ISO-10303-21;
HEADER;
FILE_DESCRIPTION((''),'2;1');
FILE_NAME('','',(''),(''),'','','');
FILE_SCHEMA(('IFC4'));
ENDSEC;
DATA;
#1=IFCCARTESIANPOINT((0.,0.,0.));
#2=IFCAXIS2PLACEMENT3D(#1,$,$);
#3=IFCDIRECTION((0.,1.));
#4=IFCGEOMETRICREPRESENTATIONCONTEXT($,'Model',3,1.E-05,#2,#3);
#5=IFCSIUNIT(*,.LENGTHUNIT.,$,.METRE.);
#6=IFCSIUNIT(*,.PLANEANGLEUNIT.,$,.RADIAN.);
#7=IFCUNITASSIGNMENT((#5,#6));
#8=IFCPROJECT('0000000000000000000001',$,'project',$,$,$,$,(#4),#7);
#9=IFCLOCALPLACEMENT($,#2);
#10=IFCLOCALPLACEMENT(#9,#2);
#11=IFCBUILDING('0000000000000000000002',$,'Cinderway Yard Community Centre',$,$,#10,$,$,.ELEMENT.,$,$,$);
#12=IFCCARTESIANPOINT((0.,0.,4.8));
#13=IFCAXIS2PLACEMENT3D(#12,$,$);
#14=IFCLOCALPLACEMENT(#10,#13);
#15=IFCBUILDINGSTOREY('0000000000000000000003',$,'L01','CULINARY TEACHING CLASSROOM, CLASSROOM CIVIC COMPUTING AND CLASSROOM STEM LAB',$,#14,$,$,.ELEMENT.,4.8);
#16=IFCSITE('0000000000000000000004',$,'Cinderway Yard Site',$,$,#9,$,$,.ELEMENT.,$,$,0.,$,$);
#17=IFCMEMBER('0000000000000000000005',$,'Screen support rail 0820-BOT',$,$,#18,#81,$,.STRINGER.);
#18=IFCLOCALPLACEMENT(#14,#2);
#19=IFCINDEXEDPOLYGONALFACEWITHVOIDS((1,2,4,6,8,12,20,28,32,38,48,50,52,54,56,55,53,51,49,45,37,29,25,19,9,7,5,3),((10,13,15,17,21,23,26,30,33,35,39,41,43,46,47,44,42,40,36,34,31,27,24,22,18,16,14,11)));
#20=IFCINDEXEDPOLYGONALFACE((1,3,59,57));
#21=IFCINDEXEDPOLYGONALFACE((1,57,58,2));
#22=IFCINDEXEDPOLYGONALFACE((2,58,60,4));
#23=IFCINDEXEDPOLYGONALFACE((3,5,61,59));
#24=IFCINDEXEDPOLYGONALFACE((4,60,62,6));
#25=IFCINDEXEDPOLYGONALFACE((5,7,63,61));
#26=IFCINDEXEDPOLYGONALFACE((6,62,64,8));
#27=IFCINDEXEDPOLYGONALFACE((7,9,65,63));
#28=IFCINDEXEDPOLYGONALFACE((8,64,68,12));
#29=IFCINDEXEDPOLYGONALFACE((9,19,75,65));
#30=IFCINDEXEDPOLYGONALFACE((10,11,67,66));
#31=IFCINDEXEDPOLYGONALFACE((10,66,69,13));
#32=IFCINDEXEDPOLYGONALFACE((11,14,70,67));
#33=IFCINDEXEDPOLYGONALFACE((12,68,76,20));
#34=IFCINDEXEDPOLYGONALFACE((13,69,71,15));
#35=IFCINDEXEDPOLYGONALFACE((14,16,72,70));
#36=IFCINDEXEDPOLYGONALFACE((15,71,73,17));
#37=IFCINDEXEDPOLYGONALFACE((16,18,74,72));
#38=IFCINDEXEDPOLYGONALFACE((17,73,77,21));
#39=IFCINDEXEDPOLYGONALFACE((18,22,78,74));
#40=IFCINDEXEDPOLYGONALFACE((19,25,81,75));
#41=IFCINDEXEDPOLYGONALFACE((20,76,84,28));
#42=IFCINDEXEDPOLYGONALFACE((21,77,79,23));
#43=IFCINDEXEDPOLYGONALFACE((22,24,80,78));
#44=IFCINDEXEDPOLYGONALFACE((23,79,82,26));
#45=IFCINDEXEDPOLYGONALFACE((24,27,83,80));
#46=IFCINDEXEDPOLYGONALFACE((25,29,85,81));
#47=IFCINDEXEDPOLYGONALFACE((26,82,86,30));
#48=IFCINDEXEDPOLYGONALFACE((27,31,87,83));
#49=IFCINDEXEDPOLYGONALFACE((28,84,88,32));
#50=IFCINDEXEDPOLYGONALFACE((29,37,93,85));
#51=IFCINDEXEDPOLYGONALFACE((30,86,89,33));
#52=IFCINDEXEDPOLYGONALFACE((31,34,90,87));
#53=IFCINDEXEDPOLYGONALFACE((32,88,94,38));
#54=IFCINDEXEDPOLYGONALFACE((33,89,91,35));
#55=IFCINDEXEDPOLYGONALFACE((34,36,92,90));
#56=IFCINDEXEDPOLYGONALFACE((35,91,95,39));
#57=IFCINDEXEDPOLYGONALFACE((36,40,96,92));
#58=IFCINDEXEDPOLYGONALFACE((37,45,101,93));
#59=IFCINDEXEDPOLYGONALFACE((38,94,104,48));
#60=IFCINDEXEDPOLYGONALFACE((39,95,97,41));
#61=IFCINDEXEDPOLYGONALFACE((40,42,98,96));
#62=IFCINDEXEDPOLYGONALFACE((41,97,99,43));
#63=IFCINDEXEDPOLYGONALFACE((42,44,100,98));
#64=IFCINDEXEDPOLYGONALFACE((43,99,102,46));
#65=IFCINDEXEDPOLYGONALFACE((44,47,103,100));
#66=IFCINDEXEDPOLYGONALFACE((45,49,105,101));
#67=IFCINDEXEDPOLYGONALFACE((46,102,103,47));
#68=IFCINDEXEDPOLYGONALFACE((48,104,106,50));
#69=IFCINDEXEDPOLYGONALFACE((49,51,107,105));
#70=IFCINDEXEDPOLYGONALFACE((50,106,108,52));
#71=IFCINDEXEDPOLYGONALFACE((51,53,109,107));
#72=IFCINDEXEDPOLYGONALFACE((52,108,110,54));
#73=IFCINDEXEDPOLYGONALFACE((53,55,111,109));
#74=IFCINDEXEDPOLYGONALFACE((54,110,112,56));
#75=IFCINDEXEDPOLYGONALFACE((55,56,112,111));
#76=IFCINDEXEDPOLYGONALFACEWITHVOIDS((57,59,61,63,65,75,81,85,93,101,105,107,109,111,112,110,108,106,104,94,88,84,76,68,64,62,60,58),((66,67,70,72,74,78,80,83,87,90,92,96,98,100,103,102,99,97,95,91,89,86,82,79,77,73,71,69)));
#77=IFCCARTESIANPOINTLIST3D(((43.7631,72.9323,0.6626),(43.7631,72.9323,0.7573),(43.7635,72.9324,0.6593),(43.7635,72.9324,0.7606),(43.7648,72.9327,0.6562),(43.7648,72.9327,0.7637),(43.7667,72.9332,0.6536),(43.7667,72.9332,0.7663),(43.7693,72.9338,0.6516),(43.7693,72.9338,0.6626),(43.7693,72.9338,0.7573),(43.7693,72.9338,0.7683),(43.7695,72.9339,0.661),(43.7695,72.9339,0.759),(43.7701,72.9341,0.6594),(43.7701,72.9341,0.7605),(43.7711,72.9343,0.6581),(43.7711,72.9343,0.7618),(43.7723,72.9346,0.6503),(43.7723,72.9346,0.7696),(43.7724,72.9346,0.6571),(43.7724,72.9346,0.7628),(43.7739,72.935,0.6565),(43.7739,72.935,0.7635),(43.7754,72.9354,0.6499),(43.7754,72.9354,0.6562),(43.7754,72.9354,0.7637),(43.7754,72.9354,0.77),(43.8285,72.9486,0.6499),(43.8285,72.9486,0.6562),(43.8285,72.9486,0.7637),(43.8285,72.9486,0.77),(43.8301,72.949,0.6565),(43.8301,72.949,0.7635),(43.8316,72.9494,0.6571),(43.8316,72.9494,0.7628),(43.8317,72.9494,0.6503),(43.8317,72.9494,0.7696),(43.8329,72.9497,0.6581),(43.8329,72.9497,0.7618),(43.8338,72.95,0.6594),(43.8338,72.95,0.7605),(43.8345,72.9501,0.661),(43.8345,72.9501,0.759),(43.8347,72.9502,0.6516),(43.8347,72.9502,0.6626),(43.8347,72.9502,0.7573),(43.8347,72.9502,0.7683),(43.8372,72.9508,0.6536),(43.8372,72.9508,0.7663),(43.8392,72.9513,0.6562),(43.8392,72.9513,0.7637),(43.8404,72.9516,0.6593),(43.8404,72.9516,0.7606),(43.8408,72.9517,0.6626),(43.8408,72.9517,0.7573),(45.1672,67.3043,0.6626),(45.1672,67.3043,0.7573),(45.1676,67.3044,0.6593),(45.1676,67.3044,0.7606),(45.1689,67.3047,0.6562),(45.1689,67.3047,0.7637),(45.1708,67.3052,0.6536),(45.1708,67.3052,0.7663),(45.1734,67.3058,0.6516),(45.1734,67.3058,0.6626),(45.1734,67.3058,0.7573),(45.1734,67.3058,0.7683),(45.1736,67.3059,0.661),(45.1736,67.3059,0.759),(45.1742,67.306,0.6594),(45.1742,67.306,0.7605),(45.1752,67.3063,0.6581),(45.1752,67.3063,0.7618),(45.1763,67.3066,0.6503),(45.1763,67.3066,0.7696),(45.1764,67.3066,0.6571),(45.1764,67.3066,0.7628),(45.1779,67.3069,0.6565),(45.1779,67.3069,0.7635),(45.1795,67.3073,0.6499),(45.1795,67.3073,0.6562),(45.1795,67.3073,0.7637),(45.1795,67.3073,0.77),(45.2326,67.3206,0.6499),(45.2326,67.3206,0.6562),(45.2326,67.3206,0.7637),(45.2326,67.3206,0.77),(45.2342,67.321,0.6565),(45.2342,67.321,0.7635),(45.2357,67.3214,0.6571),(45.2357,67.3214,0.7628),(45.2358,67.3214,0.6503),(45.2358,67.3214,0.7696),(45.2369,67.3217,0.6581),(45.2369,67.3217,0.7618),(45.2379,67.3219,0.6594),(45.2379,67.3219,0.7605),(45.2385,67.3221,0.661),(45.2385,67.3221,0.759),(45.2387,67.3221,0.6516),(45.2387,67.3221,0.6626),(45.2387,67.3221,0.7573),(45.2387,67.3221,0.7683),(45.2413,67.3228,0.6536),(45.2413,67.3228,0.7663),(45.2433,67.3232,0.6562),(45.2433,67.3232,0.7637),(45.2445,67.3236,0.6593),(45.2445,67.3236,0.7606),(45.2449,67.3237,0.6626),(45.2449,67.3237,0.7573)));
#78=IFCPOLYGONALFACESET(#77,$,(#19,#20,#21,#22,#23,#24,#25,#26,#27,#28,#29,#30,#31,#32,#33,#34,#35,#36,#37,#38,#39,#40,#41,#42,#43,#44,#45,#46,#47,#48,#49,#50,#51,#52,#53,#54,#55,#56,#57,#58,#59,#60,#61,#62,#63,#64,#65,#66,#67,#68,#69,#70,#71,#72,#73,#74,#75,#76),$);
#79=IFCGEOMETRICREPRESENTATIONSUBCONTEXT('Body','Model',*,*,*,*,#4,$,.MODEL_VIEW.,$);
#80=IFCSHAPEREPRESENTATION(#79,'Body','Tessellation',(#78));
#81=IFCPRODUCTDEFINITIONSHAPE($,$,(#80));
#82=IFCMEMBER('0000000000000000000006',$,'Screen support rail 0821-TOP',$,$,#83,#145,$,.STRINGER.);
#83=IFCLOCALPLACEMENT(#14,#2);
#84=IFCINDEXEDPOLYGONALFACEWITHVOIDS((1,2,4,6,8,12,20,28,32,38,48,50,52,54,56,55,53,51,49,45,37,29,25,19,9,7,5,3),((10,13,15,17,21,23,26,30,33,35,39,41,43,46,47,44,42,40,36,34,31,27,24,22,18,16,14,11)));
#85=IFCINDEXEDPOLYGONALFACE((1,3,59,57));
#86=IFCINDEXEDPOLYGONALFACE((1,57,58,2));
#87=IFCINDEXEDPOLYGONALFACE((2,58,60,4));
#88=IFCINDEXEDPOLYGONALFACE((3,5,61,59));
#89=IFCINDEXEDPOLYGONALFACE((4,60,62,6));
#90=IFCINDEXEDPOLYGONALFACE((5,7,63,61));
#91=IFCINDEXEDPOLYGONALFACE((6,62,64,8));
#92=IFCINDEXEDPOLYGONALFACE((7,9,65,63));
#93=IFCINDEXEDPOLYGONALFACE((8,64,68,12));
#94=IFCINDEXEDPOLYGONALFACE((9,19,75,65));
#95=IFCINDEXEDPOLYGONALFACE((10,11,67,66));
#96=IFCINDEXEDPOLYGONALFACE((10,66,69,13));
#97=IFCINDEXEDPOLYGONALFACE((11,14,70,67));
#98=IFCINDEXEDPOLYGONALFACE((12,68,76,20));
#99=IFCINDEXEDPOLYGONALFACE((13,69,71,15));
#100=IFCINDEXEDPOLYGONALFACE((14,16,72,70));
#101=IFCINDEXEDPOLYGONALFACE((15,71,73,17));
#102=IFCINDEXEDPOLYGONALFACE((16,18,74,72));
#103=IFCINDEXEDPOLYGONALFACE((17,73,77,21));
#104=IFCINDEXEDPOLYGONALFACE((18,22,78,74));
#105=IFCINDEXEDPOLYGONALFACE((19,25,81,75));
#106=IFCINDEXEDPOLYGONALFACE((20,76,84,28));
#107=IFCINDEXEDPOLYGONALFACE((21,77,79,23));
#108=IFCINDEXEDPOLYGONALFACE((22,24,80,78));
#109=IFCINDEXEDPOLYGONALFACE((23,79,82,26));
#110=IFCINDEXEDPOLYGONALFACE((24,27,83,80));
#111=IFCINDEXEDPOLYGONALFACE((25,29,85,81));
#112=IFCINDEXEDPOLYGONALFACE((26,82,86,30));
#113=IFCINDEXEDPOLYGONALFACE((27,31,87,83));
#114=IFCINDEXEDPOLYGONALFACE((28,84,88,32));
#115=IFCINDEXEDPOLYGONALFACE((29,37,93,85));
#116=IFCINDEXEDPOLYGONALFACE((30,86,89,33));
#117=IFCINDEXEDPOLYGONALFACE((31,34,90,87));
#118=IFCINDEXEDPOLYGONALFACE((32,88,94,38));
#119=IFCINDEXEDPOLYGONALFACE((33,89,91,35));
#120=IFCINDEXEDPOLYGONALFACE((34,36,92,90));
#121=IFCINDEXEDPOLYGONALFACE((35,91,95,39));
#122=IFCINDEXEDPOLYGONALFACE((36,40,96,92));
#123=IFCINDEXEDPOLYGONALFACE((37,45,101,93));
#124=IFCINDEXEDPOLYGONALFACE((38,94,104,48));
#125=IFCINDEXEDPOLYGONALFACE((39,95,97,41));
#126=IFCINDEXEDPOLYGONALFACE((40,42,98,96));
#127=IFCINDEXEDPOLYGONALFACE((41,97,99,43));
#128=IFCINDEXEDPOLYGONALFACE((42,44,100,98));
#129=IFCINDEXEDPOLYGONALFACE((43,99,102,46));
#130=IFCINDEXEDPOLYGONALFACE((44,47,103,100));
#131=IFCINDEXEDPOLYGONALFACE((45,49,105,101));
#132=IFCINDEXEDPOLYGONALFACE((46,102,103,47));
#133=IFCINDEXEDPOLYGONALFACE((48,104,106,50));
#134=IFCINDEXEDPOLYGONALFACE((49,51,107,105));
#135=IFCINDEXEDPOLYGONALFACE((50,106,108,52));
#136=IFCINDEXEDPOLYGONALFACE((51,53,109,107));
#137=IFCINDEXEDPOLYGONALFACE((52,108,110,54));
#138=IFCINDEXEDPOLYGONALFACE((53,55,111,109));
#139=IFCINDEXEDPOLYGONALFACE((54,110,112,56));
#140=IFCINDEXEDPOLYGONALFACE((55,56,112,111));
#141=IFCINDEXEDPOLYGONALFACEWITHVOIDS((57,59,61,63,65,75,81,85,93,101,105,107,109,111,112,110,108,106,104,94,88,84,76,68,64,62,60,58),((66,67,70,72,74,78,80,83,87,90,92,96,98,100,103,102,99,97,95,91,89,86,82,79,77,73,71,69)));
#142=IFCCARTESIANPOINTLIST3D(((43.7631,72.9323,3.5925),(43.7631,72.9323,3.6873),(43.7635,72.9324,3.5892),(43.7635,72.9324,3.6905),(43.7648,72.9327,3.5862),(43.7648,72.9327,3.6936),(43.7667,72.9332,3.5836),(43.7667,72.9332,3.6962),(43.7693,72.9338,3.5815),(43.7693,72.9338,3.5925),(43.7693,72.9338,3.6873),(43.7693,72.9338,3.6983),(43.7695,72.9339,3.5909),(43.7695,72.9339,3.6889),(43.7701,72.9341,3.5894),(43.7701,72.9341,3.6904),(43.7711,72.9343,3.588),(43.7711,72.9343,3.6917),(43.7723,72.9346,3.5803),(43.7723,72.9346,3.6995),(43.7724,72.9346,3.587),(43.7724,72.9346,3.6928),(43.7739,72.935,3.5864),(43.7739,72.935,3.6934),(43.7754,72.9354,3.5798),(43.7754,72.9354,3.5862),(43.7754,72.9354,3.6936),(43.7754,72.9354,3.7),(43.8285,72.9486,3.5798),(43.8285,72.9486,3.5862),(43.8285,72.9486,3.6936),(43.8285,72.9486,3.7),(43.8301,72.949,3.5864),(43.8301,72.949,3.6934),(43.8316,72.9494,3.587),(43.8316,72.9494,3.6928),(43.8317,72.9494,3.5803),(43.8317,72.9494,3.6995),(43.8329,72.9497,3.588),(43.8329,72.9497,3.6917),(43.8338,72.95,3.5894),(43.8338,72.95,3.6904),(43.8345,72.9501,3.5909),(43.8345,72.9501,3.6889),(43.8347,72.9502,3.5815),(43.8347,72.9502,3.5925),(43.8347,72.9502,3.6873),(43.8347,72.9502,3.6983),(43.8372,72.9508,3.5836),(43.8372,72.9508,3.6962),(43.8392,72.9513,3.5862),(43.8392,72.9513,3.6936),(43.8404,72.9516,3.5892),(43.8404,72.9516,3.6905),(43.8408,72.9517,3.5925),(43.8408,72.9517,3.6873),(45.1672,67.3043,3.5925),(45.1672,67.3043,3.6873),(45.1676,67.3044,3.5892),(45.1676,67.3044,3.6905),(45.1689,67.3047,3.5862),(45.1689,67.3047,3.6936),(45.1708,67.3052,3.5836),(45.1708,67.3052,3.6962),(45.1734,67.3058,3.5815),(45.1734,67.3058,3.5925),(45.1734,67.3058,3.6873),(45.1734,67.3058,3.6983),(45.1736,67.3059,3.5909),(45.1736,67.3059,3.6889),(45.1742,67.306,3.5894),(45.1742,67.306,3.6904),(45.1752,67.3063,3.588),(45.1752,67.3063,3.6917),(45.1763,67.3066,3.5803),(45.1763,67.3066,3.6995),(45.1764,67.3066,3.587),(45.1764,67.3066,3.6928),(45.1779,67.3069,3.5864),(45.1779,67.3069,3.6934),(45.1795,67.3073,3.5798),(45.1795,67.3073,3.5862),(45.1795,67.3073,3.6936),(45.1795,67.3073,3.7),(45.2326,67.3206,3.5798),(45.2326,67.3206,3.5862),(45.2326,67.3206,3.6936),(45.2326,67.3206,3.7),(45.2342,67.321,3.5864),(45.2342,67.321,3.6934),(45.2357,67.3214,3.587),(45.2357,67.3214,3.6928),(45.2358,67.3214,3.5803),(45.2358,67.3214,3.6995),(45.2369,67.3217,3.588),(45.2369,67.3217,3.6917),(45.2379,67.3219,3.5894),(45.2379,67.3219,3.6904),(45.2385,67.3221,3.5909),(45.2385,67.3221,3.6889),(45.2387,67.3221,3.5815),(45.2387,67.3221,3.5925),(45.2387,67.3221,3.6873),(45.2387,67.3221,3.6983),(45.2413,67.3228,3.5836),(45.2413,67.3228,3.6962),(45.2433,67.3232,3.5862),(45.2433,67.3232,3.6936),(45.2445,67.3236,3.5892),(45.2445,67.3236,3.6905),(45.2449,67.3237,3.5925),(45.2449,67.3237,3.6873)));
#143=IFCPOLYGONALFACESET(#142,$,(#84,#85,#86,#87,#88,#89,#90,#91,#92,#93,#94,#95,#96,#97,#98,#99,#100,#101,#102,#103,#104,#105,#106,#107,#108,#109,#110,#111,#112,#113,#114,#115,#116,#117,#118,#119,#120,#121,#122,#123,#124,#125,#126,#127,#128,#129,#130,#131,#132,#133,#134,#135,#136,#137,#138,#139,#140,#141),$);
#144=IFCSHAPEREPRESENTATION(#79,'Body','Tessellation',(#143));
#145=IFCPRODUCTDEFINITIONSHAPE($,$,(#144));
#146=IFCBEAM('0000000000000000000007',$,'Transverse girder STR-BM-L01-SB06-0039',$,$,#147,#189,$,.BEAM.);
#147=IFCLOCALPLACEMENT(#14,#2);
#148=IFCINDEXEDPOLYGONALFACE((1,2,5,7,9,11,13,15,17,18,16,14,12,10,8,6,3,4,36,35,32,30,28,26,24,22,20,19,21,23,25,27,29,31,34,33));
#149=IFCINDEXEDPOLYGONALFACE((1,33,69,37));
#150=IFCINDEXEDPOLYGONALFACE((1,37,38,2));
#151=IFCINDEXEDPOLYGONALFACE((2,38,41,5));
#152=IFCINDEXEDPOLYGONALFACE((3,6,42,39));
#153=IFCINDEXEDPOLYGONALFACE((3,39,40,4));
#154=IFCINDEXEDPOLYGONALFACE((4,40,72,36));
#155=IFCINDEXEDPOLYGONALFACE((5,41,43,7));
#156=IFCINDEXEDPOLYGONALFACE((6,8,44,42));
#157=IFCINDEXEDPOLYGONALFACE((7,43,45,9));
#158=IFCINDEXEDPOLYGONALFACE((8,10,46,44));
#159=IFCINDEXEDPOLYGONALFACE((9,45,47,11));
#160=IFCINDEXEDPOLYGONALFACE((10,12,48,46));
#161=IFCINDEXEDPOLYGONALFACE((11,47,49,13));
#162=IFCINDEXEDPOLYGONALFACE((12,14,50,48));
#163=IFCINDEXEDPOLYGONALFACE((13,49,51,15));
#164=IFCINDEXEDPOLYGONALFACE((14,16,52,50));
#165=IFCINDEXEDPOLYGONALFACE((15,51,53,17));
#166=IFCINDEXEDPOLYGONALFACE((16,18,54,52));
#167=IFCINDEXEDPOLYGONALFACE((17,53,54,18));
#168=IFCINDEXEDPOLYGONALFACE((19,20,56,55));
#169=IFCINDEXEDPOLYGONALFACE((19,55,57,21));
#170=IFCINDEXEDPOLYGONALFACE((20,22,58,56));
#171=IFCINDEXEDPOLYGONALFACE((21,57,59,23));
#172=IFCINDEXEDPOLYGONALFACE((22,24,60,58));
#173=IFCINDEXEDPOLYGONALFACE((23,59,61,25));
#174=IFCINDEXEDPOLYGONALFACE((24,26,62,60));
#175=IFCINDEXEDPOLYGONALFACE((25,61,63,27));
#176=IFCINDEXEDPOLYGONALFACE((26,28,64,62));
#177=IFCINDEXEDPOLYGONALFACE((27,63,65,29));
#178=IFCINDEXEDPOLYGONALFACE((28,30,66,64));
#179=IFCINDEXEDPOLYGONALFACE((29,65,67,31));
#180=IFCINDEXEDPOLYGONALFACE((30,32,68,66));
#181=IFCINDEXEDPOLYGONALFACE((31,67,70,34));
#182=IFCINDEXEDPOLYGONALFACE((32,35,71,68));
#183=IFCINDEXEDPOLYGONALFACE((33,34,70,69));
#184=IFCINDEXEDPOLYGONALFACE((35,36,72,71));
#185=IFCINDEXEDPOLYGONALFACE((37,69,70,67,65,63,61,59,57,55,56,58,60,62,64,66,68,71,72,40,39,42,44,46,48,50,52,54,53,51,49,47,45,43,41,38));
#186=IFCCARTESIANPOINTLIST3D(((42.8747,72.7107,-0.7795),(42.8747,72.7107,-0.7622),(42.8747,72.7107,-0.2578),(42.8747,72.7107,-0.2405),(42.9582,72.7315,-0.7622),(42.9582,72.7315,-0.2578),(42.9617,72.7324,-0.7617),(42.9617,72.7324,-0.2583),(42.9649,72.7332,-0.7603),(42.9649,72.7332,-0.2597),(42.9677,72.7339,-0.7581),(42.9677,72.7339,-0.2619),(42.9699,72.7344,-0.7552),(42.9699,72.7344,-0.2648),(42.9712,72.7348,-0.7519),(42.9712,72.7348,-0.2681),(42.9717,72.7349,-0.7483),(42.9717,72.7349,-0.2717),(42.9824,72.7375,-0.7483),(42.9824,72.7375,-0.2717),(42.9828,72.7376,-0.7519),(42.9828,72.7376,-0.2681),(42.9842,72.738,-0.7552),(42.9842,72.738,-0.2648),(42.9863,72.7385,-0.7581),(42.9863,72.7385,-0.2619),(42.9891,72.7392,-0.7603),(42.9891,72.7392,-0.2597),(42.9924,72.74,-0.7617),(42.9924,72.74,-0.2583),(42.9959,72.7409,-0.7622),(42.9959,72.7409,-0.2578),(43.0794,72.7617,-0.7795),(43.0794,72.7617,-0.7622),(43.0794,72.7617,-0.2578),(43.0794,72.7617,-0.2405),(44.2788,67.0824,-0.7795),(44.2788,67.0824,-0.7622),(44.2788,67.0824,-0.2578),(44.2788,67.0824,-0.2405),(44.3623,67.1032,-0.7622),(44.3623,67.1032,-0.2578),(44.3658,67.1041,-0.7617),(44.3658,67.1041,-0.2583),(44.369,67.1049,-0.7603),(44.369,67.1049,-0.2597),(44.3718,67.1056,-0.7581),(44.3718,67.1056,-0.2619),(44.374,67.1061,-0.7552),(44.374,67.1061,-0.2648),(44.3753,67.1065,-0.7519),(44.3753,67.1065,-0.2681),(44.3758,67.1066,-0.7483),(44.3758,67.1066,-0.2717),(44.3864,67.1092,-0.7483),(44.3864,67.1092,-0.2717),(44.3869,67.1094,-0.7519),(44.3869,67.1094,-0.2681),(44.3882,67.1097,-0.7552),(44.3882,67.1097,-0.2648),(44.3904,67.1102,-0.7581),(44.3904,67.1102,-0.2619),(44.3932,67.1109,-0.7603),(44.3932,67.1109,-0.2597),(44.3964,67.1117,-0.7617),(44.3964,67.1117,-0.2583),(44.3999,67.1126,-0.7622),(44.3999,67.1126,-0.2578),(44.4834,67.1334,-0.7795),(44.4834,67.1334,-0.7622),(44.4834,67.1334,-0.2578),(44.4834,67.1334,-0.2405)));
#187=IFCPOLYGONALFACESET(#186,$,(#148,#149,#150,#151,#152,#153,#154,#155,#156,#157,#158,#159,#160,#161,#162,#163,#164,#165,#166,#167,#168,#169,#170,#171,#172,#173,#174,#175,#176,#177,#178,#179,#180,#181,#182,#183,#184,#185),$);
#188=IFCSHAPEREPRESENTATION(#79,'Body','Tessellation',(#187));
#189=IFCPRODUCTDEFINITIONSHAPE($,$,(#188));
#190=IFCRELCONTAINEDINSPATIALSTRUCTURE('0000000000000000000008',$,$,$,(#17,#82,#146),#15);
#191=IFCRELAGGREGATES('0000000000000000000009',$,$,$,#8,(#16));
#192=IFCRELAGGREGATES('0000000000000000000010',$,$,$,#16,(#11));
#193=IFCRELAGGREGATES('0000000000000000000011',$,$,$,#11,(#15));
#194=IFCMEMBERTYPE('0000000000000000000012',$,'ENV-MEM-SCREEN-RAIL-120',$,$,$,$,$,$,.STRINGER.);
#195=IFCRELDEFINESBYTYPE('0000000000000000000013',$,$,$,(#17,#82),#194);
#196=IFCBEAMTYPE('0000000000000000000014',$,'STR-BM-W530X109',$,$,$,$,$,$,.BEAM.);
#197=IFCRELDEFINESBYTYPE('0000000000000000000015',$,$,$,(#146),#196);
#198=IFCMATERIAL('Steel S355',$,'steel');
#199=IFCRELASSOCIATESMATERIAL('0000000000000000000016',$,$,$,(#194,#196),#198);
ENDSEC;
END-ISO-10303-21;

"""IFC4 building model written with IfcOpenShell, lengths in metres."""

from ifc_helpers import new_model, si_unit, direction, frame, origin, origin_2d, place, context, subcontext, project, spatial, hollow_rectangle, i_section, extrude, material, material_profile, profile_set, type_object, element, save


model = new_model("IFC4")

# Units and contexts
model_context = context("Model", 3, precision=1e-05, world=origin(), true_north=direction((0.0, 1.0)))
body_context = subcontext(model_context, "Body", "Model", "MODEL_VIEW")
ifc_project = project(units=[si_unit("LENGTHUNIT", "METRE"), si_unit("PLANEANGLEUNIT", "RADIAN")], contexts=[model_context])

# Site, building, storey
site_placement = place(None, origin())
site = spatial("IfcSite", under=ifc_project, at=site_placement, Name="Cinderway Yard Site", CompositionType="ELEMENT", RefElevation=0.0)
building_placement = place(site_placement, origin())
building = spatial("IfcBuilding", under=site, at=building_placement, Name="Cinderway Yard Community Centre", CompositionType="ELEMENT")
storey_placement = place(building_placement, frame((0.0, 0.0, 4.8)))
storey = spatial("IfcBuildingStorey", under=building, at=storey_placement, Name="L01", Description="CULINARY TEACHING CLASSROOM, CLASSROOM CIVIC COMPUTING AND CLASSROOM STEM LAB", CompositionType="ELEMENT", Elevation=4.8)

# Members
ifc_material_1 = material(Name="Steel S355", Category="steel")
ifc_material_profile_1 = material_profile(ifc_material_1, hollow_rectangle(XDim=0.0801, YDim=0.1201, WallThickness=0.0063, InnerFilletRadius=0.0063, OuterFilletRadius=0.0127, at=origin_2d()), Name="Steel S355")
ifc_profile_set_1 = profile_set([ifc_material_profile_1], Name="Steel S355")
member_type_1 = type_object("IfcMemberType", Name="ENV-MEM-SCREEN-RAIL-120", PredefinedType="STRINGER", material=ifc_profile_set_1)
for number, where, z_axis, x_axis, name in (
    (1, (45.2061, 67.314, 0.71), (-0.24206, 0.970261, 0.0), (-0.970261, -0.24206, 0.0), "Screen support rail 0820-BOT"),
    (2, (45.2061, 67.314, 3.6399), (-0.24206, 0.970261, 0.0), (-0.970261, -0.24206, 0.0), "Screen support rail 0821-TOP"),
):
    element("IfcMember", number, at=place(storey_placement, frame(where, z_axis=z_axis, x_axis=x_axis)), inside=storey, type_object=member_type_1, Name=name, PredefinedType="STRINGER", context=body_context, shape_type="SweptSolid", body=[
        extrude(hollow_rectangle(XDim=0.0801, YDim=0.1201, WallThickness=0.0063, InnerFilletRadius=0.0063, OuterFilletRadius=0.0127, at=origin_2d()), origin(), (0.0, 0.0, 1.0), 5.8005),
    ])

# Beam
ifc_material_profile_2 = material_profile(ifc_material_1, i_section(OverallWidth=0.2109, OverallDepth=0.5391, WebThickness=0.011, FlangeThickness=0.0173, FilletRadius=0.0139, at=origin_2d()), Name="Steel S355")
ifc_profile_set_2 = profile_set([ifc_material_profile_2], Name="Steel S355")
beam_type = type_object("IfcBeamType", Name="STR-BM-W530X109", PredefinedType="BEAM", material=ifc_profile_set_2)
beam_placement = place(storey_placement, frame((44.3811, 67.1079, -0.51), z_axis=(-0.24205, 0.970264, 0.0), x_axis=(-0.970264, -0.24205, 0.0)))
element("IfcBeam", 3, at=beam_placement, inside=storey, type_object=beam_type, Name="Transverse girder STR-BM-L01-SB06-0039", PredefinedType="BEAM", context=body_context, shape_type="SweptSolid", body=[
    extrude(i_section(OverallWidth=0.2109, OverallDepth=0.5391, WebThickness=0.011, FlangeThickness=0.0173, FilletRadius=0.0139, at=origin_2d()), origin(), (0.0, 0.0, 1.0), 5.8008),
])

save(model, "model.ifc")
